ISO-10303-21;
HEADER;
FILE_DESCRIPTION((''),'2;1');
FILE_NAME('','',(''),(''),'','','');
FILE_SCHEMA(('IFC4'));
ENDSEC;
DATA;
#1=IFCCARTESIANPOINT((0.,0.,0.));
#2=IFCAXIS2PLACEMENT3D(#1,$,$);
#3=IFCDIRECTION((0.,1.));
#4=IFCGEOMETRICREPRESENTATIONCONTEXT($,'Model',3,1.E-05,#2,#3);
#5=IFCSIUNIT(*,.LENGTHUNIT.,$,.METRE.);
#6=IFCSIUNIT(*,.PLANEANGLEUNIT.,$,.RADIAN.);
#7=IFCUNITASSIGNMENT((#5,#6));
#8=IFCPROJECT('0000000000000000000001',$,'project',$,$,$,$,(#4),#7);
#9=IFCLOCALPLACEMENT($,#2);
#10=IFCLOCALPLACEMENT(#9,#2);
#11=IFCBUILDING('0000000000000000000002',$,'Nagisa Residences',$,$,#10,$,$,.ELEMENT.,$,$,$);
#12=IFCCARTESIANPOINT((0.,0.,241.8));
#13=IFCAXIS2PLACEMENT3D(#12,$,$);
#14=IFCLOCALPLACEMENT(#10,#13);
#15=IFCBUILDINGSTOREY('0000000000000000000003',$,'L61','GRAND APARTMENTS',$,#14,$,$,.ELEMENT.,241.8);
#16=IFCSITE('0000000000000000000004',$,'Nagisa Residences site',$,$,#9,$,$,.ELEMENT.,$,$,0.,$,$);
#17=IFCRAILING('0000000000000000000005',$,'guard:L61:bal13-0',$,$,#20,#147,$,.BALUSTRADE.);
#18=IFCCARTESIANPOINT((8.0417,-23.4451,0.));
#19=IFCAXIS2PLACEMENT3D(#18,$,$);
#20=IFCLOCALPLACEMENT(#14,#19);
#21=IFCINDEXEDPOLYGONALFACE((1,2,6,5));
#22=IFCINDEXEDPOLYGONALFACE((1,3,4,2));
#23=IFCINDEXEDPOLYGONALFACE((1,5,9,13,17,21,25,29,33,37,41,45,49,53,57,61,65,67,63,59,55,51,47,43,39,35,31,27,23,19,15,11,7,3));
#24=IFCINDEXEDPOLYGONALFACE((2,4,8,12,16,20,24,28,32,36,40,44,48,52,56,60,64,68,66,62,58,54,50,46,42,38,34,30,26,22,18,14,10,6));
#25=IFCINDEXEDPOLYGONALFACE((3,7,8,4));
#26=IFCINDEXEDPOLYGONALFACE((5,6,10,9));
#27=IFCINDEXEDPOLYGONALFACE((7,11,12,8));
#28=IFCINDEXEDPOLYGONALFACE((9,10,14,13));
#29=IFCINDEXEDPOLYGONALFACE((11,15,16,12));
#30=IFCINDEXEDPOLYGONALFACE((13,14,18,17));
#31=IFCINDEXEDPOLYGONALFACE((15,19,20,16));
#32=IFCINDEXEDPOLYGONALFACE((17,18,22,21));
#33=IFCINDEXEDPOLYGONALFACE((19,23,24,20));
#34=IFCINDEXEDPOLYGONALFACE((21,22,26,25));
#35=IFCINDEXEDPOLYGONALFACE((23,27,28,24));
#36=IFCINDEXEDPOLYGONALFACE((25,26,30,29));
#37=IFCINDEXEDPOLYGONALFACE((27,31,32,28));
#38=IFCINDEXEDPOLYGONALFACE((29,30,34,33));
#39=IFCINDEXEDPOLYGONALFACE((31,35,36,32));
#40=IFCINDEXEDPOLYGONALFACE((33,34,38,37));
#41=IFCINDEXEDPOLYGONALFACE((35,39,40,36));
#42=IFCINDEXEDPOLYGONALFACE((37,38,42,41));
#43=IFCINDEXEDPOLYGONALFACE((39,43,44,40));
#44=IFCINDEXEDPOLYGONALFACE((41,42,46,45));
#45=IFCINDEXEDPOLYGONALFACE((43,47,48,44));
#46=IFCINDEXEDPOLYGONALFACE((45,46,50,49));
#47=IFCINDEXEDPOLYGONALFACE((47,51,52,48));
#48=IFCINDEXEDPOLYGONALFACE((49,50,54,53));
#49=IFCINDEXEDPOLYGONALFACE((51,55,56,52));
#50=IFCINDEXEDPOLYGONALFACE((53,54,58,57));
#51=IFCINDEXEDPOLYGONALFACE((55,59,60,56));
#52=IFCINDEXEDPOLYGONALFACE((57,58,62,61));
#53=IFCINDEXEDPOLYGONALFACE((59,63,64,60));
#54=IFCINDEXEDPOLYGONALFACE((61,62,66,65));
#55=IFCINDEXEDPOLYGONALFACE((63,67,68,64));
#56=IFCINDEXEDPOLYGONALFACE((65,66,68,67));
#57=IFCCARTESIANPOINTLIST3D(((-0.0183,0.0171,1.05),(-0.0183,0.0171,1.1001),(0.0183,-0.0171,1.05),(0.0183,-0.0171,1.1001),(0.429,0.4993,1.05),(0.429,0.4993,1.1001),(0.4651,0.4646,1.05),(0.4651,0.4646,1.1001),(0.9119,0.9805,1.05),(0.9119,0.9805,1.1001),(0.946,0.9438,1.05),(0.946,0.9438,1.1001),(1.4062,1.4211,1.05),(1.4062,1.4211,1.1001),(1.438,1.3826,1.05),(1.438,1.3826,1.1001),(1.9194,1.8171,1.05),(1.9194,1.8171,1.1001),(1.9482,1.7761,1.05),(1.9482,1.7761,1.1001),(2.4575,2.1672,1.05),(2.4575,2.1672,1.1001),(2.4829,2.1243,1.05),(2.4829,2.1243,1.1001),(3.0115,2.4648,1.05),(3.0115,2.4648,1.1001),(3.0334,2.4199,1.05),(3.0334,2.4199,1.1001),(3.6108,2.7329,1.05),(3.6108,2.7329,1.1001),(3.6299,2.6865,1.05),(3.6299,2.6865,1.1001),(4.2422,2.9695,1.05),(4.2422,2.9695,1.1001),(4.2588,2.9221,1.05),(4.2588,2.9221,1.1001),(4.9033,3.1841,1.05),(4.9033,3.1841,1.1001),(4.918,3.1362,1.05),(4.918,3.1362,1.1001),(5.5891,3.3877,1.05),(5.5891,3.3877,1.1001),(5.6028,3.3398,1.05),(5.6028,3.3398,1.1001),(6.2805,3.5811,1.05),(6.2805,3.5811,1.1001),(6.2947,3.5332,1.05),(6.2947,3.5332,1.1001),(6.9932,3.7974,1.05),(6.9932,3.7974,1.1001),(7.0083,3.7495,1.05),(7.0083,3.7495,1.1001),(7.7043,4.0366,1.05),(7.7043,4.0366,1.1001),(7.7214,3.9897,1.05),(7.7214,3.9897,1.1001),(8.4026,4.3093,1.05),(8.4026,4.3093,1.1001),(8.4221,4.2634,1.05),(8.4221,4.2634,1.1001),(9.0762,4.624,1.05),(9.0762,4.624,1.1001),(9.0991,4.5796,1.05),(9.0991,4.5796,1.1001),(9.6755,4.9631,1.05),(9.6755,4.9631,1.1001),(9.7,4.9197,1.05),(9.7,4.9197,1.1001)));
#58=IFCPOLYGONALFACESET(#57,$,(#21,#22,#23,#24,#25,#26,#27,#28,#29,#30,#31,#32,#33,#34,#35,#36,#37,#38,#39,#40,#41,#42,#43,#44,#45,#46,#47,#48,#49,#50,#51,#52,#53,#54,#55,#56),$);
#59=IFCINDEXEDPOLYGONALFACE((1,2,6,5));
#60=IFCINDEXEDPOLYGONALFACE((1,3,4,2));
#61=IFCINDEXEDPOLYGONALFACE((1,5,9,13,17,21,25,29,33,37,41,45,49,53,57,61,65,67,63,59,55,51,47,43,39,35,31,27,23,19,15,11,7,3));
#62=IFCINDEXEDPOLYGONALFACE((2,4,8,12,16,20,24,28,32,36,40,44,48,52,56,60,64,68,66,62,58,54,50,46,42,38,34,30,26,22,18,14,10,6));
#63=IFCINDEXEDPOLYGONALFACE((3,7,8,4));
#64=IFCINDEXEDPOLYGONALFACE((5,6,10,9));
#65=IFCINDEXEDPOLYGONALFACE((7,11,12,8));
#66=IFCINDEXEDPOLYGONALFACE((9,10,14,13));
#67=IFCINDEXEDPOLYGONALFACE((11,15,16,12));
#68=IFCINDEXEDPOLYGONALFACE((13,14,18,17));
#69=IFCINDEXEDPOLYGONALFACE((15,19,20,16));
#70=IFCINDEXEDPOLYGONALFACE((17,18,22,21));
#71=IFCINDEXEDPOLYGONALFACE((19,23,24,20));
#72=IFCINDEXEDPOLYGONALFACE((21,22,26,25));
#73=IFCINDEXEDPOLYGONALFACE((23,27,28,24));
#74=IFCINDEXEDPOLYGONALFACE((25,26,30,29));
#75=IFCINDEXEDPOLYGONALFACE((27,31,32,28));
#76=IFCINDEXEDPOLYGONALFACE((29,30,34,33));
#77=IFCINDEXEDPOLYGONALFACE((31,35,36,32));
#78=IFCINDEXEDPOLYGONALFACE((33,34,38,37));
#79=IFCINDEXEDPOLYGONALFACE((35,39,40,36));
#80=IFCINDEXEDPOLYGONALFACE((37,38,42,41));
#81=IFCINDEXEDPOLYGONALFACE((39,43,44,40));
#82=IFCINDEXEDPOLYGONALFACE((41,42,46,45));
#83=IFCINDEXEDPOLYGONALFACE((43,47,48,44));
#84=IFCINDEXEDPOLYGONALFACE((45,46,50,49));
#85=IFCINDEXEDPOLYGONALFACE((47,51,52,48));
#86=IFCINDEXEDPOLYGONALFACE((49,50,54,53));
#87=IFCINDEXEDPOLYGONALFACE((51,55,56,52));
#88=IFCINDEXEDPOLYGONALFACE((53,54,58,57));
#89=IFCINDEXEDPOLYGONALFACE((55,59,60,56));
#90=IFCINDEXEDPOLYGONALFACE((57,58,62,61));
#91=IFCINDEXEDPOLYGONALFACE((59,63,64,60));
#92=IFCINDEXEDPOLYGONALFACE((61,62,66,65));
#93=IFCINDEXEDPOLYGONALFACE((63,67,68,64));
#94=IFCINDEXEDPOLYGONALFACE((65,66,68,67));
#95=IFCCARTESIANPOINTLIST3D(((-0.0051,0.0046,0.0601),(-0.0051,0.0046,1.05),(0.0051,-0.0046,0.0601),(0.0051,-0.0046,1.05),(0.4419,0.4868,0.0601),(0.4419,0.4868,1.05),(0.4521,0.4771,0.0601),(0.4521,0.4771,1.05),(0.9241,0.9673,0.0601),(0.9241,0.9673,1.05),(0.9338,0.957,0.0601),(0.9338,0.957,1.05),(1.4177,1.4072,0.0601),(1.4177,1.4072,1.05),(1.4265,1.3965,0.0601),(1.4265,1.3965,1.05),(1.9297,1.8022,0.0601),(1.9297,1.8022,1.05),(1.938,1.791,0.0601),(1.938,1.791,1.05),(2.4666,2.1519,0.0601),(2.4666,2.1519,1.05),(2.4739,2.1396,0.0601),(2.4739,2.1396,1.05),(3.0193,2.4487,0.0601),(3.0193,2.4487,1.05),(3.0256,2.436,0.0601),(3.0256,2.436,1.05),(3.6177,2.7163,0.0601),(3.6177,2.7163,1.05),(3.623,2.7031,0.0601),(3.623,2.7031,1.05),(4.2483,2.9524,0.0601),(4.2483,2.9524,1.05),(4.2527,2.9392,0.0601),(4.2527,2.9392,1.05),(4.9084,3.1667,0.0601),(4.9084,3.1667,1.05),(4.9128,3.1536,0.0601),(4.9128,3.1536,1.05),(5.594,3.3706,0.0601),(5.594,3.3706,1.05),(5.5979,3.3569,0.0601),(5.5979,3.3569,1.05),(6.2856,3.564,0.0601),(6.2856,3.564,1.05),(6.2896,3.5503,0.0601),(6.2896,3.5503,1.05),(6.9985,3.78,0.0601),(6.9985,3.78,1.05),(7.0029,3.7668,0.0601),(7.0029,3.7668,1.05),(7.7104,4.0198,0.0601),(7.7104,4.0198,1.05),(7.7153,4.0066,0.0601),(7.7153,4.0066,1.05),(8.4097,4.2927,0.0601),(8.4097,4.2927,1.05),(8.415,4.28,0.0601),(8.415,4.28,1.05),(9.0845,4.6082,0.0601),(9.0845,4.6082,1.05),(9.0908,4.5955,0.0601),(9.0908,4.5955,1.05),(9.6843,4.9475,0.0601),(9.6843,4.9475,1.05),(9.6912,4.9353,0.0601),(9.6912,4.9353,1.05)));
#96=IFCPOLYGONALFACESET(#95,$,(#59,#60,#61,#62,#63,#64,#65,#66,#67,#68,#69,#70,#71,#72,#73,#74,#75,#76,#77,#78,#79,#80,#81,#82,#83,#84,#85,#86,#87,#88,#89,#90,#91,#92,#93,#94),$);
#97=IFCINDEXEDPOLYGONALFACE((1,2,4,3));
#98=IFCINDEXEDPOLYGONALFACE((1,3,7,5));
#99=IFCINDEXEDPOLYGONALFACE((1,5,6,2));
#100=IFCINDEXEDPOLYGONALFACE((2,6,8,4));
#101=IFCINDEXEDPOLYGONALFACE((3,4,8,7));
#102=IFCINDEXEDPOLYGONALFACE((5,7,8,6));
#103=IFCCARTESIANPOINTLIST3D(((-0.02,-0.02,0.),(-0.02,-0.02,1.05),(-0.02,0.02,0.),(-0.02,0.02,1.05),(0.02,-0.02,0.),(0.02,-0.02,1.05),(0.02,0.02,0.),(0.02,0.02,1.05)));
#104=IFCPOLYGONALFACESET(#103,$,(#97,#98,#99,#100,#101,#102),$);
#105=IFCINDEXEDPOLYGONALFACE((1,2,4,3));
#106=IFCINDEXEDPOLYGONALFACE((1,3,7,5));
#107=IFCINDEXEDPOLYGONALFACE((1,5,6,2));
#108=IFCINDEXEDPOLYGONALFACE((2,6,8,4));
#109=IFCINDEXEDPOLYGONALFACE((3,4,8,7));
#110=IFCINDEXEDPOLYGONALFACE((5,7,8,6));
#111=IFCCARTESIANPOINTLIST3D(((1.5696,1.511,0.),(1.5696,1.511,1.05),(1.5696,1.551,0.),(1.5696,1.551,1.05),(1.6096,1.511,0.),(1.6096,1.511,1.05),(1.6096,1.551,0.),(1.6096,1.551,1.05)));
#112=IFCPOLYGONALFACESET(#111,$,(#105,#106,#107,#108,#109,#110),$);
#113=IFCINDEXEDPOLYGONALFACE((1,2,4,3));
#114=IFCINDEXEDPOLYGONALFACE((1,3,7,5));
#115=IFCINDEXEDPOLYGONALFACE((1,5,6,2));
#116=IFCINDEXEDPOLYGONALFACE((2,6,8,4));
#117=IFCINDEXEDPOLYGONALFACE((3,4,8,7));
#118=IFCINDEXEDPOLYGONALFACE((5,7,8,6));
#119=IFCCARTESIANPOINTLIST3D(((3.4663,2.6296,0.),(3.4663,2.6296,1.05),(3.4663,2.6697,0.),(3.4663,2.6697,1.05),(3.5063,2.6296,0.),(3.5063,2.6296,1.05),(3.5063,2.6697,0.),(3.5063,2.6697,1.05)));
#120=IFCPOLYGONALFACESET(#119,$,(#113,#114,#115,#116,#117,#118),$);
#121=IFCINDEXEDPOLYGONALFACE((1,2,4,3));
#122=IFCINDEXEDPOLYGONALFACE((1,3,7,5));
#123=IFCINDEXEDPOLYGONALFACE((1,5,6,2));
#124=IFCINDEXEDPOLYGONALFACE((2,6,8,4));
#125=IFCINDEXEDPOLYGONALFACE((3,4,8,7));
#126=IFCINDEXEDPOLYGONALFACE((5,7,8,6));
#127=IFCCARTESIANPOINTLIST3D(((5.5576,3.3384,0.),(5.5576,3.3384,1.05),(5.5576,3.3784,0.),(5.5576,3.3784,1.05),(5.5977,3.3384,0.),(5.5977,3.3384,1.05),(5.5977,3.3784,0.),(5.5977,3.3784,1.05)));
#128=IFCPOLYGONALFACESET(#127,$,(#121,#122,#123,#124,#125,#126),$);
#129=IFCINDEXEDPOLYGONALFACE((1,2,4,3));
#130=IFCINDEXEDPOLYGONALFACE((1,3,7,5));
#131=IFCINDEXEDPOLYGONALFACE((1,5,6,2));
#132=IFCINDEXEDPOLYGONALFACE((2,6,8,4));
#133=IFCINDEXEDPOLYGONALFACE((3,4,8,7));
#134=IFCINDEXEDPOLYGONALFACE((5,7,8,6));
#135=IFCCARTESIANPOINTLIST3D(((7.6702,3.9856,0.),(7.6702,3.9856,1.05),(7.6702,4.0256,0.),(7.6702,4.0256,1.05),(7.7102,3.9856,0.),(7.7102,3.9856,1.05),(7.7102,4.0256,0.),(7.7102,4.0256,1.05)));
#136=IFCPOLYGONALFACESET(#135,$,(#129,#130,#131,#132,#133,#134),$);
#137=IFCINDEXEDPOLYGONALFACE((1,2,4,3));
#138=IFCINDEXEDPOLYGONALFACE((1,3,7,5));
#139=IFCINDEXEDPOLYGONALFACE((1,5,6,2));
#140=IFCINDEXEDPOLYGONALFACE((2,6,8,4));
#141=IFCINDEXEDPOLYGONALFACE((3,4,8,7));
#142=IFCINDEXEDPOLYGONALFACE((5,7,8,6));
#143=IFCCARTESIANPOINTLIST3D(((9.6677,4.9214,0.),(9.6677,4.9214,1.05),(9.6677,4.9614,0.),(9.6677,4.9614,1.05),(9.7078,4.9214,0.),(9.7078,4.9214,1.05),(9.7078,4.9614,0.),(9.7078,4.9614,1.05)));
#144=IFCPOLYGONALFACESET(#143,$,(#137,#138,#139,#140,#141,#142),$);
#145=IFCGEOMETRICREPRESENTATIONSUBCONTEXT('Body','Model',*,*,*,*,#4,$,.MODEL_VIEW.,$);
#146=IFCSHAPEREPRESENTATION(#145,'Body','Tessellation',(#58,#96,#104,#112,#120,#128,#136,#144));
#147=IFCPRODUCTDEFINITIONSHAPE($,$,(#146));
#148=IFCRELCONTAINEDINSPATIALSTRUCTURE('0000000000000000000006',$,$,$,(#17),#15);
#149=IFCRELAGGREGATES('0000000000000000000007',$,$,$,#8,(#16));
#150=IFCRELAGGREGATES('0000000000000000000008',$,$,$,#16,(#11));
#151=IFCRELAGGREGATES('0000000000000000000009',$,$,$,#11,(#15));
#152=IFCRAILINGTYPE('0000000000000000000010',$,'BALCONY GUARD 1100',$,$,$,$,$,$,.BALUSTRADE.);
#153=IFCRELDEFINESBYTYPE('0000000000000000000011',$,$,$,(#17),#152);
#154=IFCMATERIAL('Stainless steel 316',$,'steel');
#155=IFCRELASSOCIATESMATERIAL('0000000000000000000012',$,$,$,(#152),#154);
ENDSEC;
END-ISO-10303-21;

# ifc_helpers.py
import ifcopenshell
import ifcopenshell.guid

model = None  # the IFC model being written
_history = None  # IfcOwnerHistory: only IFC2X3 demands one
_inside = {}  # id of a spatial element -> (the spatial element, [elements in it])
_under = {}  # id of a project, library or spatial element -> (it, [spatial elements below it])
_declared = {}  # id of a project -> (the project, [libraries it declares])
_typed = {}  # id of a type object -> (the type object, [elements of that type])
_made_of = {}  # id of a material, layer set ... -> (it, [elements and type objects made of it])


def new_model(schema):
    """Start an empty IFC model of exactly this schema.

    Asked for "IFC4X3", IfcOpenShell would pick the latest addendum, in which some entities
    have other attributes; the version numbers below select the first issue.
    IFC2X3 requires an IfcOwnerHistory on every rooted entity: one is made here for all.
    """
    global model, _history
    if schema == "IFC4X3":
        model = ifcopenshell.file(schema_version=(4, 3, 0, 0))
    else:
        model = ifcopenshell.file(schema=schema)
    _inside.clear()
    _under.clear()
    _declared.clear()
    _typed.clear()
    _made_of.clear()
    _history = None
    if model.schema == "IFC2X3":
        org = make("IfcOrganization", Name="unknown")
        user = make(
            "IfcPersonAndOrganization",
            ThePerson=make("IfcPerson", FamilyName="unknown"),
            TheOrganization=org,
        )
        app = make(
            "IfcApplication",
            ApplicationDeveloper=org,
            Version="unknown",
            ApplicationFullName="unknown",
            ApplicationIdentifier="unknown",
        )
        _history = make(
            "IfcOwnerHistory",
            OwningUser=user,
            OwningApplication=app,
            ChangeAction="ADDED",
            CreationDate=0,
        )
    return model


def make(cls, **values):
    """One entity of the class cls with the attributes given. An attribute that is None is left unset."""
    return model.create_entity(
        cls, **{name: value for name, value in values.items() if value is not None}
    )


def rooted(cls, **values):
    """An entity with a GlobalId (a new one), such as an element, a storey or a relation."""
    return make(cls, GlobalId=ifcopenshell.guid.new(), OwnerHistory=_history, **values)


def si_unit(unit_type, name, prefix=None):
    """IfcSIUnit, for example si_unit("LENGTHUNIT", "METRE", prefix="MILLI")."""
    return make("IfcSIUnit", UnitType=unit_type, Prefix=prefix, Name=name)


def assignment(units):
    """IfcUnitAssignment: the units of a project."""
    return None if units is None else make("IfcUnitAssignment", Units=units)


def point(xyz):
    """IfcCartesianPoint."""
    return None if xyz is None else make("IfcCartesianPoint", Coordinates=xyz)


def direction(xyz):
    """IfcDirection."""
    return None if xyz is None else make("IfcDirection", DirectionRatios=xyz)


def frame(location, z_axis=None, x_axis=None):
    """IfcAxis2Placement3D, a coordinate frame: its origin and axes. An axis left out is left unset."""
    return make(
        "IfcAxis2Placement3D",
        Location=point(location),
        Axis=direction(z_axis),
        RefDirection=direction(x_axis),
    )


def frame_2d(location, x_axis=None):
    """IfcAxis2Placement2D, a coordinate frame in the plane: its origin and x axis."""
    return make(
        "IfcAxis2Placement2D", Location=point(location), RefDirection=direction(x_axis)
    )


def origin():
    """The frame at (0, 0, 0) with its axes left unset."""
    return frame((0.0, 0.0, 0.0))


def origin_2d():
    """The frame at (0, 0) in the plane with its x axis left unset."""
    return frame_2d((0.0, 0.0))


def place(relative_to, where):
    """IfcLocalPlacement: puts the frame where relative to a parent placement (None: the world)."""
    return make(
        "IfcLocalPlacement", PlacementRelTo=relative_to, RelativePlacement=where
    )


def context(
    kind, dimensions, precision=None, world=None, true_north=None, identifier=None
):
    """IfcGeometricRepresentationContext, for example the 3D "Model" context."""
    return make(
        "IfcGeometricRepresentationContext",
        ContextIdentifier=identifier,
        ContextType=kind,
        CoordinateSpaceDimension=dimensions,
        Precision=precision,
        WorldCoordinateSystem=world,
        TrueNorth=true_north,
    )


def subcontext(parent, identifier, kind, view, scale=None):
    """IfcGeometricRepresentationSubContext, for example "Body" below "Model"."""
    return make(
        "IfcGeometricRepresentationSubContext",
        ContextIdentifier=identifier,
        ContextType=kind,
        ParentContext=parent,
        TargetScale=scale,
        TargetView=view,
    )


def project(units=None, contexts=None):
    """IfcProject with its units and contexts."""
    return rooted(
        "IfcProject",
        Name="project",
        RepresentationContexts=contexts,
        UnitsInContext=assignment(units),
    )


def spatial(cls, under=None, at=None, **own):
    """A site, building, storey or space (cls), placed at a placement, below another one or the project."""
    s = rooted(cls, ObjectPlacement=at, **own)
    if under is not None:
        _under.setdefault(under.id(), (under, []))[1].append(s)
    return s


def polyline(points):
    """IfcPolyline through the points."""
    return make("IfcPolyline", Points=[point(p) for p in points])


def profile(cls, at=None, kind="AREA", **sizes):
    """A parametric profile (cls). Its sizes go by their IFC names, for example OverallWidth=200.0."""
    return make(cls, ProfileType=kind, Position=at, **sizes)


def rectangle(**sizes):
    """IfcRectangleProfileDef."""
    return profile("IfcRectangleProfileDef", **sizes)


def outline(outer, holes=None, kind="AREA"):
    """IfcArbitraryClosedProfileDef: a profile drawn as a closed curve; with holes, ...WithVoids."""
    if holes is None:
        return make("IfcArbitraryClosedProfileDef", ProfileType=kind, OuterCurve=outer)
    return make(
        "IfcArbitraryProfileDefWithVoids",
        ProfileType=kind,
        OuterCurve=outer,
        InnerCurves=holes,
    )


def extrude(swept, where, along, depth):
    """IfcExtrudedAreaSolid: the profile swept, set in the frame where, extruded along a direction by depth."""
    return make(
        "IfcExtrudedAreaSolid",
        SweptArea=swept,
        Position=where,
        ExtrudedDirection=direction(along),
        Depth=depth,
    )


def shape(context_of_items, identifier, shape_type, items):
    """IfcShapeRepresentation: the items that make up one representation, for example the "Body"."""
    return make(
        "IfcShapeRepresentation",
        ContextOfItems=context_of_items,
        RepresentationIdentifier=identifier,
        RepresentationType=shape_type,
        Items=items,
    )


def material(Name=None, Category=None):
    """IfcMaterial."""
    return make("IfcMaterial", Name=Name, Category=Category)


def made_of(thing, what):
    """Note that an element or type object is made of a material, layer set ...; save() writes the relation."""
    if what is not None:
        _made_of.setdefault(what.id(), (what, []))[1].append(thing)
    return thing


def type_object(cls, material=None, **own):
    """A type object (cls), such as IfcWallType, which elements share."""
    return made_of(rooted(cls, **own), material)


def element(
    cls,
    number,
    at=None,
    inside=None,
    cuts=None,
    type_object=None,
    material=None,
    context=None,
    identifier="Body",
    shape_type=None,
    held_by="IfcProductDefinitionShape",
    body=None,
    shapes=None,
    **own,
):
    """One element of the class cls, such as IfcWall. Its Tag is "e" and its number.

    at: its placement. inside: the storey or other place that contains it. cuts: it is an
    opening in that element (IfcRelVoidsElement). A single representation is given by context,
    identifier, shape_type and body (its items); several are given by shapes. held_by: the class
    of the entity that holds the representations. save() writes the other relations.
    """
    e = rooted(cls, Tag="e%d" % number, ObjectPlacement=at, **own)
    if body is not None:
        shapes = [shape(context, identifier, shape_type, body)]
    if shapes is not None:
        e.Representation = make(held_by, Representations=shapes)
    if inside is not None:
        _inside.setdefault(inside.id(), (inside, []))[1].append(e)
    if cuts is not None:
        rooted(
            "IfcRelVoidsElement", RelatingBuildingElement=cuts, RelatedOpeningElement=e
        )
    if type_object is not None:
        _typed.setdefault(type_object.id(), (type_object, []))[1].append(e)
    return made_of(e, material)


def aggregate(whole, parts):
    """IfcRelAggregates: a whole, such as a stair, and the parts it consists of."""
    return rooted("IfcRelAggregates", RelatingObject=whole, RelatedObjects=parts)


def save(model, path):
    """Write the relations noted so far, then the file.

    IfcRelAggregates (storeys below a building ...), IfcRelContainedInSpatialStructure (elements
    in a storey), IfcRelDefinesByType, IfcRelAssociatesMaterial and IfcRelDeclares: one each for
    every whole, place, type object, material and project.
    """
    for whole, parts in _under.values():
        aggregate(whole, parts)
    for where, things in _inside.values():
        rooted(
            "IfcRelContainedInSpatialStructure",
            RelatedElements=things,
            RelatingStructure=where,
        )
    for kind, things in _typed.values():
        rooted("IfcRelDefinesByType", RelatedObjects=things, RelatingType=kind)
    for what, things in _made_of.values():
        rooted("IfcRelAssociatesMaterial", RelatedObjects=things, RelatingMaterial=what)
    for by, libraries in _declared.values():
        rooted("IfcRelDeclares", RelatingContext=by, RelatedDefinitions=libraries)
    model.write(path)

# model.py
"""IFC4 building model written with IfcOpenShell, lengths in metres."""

from ifc_helpers import new_model, si_unit, direction, frame, origin, origin_2d, place, context, subcontext, project, spatial, polyline, rectangle, outline, extrude, material, type_object, element, save


model = new_model("IFC4")

# Units and contexts
model_context = context("Model", 3, precision=1e-05, world=origin(), true_north=direction((0.0, 1.0)))
body_context = subcontext(model_context, "Body", "Model", "MODEL_VIEW")
ifc_project = project(units=[si_unit("LENGTHUNIT", "METRE"), si_unit("PLANEANGLEUNIT", "RADIAN")], contexts=[model_context])

# Site, building, storey
site_placement = place(None, origin())
site = spatial("IfcSite", under=ifc_project, at=site_placement, Name="Nagisa Residences site", CompositionType="ELEMENT", RefElevation=0.0)
building_placement = place(site_placement, origin())
building = spatial("IfcBuilding", under=site, at=building_placement, Name="Nagisa Residences", CompositionType="ELEMENT")
storey_placement = place(building_placement, frame((0.0, 0.0, 241.8)))
storey = spatial("IfcBuildingStorey", under=building, at=storey_placement, Name="L61", Description="GRAND APARTMENTS", CompositionType="ELEMENT", Elevation=241.8)

# Railing
ifc_material_1 = material(Name="Stainless steel 316", Category="steel")
railing_type = type_object("IfcRailingType", Name="BALCONY GUARD 1100", PredefinedType="BALUSTRADE", material=ifc_material_1)
railing_placement = place(storey_placement, frame((8.0417, -23.4451, 0.0)))
element("IfcRailing", 1, at=railing_placement, inside=storey, type_object=railing_type, Name="guard:L61:bal13-0", PredefinedType="BALUSTRADE", context=body_context, shape_type="SweptSolid", body=[
    extrude(outline(polyline([(0.429, 0.4993), (-0.0183, 0.0171), (0.0183, -0.0171), (0.4651, 0.4646), (0.946, 0.9438), (1.438, 1.3826), (1.9482, 1.7761), (2.4829, 2.1243), (3.0334, 2.4199), (3.6299, 2.6865), (4.2588, 2.9221), (4.918, 3.1362), (5.6028, 3.3398), (6.2947, 3.5332), (7.0083, 3.7495), (7.7214, 3.9897), (8.4221, 4.2634), (9.0991, 4.5796), (9.7, 4.9197), (9.6755, 4.9631), (9.0762, 4.624), (8.4026, 4.3093), (7.7043, 4.0366), (6.9932, 3.7974), (6.2805, 3.5811), (5.5891, 3.3877), (4.9033, 3.1841), (4.2422, 2.9695), (3.6108, 2.7329), (3.0115, 2.4648), (2.4575, 2.1672), (1.9194, 1.8171), (1.4062, 1.4211), (0.9119, 0.9805), (0.429, 0.4993)])), frame((0.0, 0.0, 1.05)), (0.0, 0.0, 1.0), 0.05),
    extrude(outline(polyline([(0.4419, 0.4868), (-0.0051, 0.0046), (0.0051, -0.0046), (0.4521, 0.4771), (0.9338, 0.957), (1.4265, 1.3965), (1.938, 1.791), (2.4739, 2.1396), (3.0256, 2.436), (3.623, 2.7031), (4.2527, 2.9392), (4.9128, 3.1536), (5.5979, 3.3569), (6.2896, 3.5503), (7.0029, 3.7668), (7.7153, 4.0066), (8.415, 4.28), (9.0908, 4.5955), (9.6912, 4.9353), (9.6843, 4.9475), (9.0845, 4.6082), (8.4097, 4.2927), (7.7104, 4.0198), (6.9985, 3.78), (6.2856, 3.564), (5.594, 3.3706), (4.9084, 3.1667), (4.2483, 2.9524), (3.6177, 2.7163), (3.0193, 2.4487), (2.4666, 2.1519), (1.9297, 1.8022), (1.4177, 1.4072), (0.9241, 0.9673), (0.4419, 0.4868)])), frame((0.0, 0.0, 0.0601)), (0.0, 0.0, 1.0), 0.99),
    extrude(rectangle(XDim=0.04, YDim=0.04, at=origin_2d()), origin(), (0.0, 0.0, 1.0), 1.05),
    extrude(rectangle(XDim=0.04, YDim=0.04, at=origin_2d()), frame((1.5896, 1.531, 0.0)), (0.0, 0.0, 1.0), 1.05),
    extrude(rectangle(XDim=0.04, YDim=0.04, at=origin_2d()), frame((3.4863, 2.6497, 0.0)), (0.0, 0.0, 1.0), 1.05),
    extrude(rectangle(XDim=0.04, YDim=0.04, at=origin_2d()), frame((5.5776, 3.3584, 0.0)), (0.0, 0.0, 1.0), 1.05),
    extrude(rectangle(XDim=0.04, YDim=0.04, at=origin_2d()), frame((7.6902, 4.0056, 0.0)), (0.0, 0.0, 1.0), 1.05),
    extrude(rectangle(XDim=0.04, YDim=0.04, at=origin_2d()), frame((9.6877, 4.9414, 0.0)), (0.0, 0.0, 1.0), 1.05),
])

save(model, "model.ifc")
